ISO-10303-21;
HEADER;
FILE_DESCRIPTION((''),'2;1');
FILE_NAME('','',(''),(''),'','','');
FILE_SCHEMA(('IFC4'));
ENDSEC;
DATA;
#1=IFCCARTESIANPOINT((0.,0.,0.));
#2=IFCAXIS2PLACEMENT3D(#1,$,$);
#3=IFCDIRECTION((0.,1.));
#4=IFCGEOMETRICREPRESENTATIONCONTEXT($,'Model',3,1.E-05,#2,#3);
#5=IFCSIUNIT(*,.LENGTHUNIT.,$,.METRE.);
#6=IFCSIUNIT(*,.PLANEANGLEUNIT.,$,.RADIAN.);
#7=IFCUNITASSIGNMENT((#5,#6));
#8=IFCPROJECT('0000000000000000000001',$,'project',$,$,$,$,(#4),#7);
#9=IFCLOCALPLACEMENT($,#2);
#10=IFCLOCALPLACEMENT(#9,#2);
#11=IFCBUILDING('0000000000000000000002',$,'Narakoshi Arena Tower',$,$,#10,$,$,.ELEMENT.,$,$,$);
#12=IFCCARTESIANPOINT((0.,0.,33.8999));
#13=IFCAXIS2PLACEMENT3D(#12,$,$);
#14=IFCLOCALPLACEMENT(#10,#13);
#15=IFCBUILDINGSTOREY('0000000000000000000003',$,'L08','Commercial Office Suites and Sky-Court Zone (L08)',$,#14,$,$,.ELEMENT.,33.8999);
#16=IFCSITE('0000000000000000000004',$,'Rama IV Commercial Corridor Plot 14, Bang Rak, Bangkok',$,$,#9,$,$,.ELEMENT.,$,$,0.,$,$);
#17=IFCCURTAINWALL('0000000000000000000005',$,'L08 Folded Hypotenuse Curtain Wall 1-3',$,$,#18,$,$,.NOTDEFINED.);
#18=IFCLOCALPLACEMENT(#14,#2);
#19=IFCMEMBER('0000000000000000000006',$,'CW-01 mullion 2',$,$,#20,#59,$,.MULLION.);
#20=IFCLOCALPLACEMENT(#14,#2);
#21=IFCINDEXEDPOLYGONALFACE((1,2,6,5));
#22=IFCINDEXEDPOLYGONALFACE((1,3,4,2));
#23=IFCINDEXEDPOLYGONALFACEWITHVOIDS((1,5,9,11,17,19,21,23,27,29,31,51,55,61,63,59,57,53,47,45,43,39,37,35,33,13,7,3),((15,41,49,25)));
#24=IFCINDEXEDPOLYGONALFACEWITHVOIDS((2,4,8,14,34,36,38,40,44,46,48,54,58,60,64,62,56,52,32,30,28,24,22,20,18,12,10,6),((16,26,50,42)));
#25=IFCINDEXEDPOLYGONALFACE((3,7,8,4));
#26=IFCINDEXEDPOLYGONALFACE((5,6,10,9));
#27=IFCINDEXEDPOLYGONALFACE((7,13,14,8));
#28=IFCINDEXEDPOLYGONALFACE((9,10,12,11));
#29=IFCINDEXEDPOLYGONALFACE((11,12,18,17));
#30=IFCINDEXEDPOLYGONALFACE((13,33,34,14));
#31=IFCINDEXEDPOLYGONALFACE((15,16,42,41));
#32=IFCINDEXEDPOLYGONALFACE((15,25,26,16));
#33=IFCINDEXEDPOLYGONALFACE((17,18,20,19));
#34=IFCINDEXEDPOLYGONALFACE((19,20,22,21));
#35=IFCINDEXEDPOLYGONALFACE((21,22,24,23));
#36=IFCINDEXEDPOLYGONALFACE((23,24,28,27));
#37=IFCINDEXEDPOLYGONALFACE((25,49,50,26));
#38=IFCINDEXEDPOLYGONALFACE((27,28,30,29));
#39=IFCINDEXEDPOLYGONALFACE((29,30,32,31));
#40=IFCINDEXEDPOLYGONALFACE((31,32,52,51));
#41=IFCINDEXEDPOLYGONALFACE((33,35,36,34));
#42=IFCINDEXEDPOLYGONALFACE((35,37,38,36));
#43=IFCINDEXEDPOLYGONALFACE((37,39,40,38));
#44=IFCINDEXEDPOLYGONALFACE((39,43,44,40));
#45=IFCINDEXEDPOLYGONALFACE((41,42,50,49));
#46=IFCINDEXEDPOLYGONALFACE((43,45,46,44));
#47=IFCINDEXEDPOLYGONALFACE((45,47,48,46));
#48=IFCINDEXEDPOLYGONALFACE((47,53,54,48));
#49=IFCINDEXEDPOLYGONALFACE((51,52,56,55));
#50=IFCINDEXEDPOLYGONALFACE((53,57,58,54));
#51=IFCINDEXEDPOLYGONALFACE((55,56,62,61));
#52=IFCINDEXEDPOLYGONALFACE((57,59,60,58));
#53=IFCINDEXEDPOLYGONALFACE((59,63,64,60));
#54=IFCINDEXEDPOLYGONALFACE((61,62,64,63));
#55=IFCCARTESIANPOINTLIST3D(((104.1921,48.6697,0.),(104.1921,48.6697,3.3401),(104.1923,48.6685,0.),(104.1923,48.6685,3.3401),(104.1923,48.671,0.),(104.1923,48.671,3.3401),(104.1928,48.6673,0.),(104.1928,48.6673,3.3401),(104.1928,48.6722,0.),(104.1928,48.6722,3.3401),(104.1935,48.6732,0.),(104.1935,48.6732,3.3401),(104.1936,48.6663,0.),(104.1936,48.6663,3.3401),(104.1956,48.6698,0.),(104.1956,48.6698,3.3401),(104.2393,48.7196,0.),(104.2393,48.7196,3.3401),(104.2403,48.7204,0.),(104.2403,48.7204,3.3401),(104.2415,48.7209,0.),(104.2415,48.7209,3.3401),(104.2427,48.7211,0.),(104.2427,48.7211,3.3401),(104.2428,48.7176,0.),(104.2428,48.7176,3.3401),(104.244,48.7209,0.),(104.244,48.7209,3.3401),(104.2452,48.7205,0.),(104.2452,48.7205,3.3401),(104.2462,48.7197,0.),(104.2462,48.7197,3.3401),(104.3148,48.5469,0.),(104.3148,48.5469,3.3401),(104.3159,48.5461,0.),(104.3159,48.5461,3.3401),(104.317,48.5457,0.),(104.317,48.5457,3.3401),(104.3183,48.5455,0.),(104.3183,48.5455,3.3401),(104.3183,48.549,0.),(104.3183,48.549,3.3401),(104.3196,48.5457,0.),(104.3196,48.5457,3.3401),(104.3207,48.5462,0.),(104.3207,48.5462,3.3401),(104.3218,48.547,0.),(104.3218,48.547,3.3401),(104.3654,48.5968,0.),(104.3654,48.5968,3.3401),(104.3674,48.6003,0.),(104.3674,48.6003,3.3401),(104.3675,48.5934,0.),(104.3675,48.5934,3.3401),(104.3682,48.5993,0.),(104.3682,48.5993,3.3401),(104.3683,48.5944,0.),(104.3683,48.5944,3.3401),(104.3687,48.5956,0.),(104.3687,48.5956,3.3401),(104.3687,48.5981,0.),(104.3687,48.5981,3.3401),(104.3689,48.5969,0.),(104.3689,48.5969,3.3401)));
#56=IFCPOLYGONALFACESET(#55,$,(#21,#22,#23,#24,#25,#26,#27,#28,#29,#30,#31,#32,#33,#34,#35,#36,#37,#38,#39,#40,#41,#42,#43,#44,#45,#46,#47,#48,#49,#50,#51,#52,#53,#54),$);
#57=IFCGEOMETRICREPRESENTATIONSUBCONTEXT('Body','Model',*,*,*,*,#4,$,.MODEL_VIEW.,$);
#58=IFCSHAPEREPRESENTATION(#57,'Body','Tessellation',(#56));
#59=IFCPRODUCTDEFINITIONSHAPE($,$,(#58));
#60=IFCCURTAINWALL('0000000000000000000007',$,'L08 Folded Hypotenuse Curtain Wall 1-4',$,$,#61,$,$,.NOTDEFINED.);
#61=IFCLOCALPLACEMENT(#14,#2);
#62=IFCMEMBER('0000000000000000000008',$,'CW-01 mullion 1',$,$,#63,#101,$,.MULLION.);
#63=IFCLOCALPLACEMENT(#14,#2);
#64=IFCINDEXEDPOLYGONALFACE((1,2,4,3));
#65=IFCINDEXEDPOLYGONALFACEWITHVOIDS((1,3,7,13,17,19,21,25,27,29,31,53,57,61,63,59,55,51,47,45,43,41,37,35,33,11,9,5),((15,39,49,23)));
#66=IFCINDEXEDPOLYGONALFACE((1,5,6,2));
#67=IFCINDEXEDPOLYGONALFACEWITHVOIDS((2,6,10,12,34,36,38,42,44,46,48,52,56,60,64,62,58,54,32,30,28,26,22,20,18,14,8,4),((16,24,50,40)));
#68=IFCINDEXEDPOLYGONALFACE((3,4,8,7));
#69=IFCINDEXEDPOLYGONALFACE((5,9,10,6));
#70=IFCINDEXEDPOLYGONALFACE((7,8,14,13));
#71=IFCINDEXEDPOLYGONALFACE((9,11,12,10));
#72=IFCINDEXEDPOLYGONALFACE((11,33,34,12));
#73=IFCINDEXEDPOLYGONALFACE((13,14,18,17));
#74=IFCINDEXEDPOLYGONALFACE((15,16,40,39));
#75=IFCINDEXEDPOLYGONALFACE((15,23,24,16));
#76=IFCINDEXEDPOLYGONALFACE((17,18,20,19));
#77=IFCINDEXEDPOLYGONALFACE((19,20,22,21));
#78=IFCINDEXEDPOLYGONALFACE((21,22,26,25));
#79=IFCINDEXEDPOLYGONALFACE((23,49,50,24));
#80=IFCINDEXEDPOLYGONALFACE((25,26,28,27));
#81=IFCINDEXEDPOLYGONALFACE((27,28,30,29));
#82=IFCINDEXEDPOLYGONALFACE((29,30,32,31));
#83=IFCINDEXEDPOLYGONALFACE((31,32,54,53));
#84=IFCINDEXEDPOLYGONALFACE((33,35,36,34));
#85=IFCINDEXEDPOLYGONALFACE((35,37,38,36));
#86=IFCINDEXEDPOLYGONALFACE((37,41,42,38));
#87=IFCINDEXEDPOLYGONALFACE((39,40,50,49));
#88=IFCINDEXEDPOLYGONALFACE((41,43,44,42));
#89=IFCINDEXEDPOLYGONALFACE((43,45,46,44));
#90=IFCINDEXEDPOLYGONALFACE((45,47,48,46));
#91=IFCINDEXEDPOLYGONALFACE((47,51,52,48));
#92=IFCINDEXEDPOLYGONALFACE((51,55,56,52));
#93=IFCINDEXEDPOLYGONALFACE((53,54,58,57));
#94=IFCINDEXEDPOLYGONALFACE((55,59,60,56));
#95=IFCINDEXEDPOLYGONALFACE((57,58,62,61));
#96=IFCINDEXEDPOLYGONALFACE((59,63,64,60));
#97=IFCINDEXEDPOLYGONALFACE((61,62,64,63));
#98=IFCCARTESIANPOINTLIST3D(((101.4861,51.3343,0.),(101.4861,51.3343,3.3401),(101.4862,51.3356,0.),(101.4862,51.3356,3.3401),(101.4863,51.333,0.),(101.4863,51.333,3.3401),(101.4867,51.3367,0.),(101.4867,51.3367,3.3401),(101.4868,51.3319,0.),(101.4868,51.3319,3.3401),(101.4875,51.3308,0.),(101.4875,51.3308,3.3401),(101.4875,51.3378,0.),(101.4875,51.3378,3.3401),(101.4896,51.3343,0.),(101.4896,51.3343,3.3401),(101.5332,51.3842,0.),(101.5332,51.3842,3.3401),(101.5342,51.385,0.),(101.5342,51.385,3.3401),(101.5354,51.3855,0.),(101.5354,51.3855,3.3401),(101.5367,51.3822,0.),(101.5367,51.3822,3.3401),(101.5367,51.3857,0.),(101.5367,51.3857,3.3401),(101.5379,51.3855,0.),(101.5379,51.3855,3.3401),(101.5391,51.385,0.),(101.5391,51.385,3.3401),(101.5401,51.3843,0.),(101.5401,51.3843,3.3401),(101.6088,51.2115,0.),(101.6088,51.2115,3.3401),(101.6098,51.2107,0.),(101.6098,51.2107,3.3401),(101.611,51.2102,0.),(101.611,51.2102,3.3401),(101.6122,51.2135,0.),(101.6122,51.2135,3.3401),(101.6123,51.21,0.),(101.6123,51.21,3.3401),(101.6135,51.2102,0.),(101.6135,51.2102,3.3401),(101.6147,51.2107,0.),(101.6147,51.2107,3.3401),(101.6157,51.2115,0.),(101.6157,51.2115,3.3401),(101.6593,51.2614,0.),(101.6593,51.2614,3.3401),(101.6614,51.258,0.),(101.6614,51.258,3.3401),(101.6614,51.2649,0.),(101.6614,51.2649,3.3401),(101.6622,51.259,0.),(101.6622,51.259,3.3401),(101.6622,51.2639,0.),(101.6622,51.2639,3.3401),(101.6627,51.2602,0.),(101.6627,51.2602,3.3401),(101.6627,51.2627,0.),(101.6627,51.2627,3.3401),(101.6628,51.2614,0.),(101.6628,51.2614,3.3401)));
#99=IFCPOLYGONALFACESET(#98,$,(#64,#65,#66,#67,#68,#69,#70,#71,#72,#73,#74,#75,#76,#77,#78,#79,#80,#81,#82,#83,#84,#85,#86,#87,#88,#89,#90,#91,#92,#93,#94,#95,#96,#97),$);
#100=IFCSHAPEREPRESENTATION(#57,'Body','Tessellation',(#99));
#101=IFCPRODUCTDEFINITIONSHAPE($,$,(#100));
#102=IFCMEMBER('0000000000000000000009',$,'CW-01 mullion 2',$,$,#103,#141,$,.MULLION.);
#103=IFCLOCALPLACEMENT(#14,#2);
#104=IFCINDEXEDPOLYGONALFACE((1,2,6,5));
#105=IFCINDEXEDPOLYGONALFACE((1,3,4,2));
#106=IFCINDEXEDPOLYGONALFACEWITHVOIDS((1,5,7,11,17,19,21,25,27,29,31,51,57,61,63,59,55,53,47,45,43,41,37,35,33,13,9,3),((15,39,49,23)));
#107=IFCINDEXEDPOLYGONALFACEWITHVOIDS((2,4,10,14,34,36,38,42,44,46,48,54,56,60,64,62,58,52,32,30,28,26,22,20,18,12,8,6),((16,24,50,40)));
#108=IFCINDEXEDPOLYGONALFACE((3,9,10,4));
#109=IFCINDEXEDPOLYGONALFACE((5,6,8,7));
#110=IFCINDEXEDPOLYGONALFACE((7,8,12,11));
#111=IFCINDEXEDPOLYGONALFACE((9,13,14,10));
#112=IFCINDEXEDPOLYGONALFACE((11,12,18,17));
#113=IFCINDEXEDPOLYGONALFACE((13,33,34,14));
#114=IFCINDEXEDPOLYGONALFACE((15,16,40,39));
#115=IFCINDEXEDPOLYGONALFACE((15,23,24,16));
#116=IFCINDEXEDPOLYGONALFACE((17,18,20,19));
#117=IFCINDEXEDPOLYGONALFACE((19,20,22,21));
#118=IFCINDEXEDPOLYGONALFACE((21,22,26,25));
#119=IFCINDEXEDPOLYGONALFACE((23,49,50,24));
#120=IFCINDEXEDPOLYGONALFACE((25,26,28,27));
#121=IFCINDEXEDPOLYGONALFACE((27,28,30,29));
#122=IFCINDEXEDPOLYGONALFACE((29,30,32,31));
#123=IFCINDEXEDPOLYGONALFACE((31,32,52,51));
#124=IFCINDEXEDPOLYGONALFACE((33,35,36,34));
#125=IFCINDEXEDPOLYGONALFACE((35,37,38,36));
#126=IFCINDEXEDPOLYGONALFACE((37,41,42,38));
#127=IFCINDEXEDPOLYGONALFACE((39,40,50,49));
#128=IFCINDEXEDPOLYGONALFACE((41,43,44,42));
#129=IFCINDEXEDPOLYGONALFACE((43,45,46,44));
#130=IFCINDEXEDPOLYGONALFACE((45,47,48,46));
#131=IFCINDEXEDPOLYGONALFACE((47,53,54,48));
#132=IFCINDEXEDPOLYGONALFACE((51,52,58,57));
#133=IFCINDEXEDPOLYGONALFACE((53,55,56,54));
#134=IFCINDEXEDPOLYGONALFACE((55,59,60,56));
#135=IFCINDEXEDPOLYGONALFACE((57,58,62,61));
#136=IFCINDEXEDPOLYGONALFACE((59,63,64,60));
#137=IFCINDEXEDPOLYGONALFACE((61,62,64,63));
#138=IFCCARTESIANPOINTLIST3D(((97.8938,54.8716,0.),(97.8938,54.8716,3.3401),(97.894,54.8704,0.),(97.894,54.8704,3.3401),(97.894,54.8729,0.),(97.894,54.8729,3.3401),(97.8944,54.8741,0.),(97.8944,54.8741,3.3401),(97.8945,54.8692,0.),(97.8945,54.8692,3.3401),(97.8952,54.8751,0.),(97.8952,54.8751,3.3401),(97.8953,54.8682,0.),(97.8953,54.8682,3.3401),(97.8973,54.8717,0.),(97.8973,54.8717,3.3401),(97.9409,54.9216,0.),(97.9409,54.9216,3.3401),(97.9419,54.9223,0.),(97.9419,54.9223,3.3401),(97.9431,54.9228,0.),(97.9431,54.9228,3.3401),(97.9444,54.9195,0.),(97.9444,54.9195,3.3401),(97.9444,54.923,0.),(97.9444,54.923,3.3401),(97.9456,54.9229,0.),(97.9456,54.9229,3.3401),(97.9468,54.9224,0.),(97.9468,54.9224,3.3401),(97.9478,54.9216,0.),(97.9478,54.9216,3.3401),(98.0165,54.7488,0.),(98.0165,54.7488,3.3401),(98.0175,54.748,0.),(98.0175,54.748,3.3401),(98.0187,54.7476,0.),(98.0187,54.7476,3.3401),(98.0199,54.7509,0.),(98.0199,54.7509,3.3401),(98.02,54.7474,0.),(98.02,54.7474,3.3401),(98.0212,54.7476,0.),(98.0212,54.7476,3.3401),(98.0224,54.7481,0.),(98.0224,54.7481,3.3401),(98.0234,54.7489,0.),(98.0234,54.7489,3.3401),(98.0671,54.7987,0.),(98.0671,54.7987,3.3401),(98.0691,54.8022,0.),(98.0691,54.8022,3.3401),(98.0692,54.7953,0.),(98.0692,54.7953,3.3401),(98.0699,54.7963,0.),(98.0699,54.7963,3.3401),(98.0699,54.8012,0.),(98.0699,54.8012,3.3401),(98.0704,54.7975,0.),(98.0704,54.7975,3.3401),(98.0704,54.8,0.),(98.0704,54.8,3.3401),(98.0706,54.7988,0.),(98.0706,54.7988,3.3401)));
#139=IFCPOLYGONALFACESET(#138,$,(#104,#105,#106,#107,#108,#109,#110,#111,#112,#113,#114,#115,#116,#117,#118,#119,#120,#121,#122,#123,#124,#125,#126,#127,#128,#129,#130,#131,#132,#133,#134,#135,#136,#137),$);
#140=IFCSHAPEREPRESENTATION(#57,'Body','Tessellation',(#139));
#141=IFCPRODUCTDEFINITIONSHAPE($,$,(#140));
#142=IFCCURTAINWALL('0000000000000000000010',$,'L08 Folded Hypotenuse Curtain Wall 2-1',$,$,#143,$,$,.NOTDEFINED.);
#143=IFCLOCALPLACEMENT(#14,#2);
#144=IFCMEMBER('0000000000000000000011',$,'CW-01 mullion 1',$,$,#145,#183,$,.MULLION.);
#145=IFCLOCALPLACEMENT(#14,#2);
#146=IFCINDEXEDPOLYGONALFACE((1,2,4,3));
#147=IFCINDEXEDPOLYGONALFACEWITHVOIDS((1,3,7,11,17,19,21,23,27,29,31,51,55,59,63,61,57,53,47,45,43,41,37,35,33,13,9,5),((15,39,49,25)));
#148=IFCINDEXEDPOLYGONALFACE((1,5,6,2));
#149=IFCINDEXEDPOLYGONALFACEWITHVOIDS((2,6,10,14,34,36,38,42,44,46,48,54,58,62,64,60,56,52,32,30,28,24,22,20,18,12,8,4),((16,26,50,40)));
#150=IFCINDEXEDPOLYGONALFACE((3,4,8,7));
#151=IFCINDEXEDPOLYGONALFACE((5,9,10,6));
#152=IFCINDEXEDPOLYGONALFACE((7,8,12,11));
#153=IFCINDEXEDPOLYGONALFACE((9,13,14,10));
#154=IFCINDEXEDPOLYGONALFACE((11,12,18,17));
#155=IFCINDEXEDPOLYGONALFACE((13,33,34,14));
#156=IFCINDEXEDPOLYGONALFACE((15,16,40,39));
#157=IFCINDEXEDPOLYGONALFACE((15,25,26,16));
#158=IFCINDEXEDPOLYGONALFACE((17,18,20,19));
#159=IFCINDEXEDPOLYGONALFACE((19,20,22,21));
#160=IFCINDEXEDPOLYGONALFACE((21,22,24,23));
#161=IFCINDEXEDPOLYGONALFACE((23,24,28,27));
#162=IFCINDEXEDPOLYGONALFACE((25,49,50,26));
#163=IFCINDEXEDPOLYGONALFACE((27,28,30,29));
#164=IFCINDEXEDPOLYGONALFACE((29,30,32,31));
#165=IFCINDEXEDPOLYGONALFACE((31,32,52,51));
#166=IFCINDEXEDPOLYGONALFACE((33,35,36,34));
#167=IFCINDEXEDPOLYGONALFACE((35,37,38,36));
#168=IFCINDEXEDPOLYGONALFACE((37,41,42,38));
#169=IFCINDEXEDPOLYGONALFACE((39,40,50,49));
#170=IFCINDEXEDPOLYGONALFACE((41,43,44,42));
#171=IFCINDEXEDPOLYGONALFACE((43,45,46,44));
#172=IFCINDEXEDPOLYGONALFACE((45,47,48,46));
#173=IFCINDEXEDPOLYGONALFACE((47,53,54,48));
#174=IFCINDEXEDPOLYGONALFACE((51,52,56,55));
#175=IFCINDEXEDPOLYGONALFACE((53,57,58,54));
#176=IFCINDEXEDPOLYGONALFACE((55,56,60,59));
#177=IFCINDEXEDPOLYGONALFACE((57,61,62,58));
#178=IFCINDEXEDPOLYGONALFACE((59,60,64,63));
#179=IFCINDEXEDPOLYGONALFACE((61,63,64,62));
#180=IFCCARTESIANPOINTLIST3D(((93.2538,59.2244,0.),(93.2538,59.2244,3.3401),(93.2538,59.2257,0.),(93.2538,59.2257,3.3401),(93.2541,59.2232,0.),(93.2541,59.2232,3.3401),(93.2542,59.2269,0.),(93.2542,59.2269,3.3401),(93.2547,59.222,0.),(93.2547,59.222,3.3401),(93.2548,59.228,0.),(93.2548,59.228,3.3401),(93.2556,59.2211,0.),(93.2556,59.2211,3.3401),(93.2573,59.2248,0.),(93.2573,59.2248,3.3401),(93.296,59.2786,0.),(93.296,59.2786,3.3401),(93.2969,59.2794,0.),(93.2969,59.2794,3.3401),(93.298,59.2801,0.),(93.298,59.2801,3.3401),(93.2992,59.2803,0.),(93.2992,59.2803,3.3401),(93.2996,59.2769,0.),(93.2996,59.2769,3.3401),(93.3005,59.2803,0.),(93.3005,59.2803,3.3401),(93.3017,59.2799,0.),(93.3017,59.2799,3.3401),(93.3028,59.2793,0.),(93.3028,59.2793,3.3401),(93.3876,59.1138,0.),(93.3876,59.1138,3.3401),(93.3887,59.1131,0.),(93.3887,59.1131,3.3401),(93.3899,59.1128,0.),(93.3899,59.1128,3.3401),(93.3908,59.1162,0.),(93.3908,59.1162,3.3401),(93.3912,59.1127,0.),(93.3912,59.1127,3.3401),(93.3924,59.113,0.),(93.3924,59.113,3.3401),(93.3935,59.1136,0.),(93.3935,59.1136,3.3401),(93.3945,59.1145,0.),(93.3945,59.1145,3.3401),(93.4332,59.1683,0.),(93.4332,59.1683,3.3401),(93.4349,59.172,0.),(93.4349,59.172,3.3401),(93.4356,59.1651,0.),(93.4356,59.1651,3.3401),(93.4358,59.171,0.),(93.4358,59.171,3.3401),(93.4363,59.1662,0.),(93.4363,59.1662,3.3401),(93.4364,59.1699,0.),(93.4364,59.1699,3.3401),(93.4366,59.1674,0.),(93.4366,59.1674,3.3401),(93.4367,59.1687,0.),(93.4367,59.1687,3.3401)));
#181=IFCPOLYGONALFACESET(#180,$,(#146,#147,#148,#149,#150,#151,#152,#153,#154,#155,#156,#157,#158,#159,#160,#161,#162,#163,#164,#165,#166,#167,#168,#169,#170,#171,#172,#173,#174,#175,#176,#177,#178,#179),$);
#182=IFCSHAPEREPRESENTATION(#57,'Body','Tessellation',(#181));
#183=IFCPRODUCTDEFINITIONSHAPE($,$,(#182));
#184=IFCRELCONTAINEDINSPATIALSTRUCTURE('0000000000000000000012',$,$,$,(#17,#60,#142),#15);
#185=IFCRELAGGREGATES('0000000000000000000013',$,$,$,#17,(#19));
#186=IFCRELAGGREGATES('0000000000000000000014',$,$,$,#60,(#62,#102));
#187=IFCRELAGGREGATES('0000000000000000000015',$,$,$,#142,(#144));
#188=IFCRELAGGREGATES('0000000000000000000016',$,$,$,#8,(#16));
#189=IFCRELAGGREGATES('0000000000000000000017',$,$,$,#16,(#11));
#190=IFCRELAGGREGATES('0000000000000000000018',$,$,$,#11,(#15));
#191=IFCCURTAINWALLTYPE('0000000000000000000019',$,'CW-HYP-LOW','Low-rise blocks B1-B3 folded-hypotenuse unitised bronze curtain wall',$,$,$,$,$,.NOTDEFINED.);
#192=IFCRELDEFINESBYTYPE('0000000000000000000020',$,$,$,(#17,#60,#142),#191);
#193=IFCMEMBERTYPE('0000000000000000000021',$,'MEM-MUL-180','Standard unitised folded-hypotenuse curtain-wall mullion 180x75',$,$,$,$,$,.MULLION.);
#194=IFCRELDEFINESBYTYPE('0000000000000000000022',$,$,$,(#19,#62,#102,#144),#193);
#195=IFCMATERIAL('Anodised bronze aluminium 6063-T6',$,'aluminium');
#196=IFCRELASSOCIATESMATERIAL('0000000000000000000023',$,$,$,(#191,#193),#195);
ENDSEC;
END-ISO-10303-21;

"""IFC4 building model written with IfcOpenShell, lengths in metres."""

from ifc_helpers import new_model, si_unit, direction, frame, origin, origin_2d, place, context, subcontext, project, spatial, hollow_rectangle, extrude, material, material_profile, profile_set, type_object, element, aggregate, save


model = new_model("IFC4")

# Units and contexts
model_context = context("Model", 3, precision=1e-05, world=origin(), true_north=direction((0.0, 1.0)))
body_context = subcontext(model_context, "Body", "Model", "MODEL_VIEW")
ifc_project = project(units=[si_unit("LENGTHUNIT", "METRE"), si_unit("PLANEANGLEUNIT", "RADIAN")], contexts=[model_context])

# Site, building, storey
site_placement = place(None, origin())
site = spatial("IfcSite", under=ifc_project, at=site_placement, Name="Rama IV Commercial Corridor Plot 14, Bang Rak, Bangkok", CompositionType="ELEMENT", RefElevation=0.0)
building_placement = place(site_placement, origin())
building = spatial("IfcBuilding", under=site, at=building_placement, Name="Narakoshi Arena Tower", CompositionType="ELEMENT")
storey_placement = place(building_placement, frame((0.0, 0.0, 33.8999)))
storey = spatial("IfcBuildingStorey", under=building, at=storey_placement, Name="L08", Description="Commercial Office Suites and Sky-Court Zone (L08)", CompositionType="ELEMENT", Elevation=33.8999)

# Curtain wall, member
ifc_material_1 = material(Name="Anodised bronze aluminium 6063-T6", Category="aluminium")
curtain_wall_type = type_object("IfcCurtainWallType", Name="CW-HYP-LOW", Description="Low-rise blocks B1-B3 folded-hypotenuse unitised bronze curtain wall", PredefinedType="NOTDEFINED", material=ifc_material_1)
curtain_wall_1_placement = place(storey_placement, origin())
curtain_wall_1 = element("IfcCurtainWall", 1, at=curtain_wall_1_placement, inside=storey, type_object=curtain_wall_type, Name="L08 Folded Hypotenuse Curtain Wall 1-3", PredefinedType="NOTDEFINED")
ifc_material_profile_1 = material_profile(ifc_material_1, hollow_rectangle(XDim=0.075, YDim=0.1799, WallThickness=0.0039, OuterFilletRadius=0.0049, at=origin_2d()), Name="MUL180x75x4")
ifc_profile_set_1 = profile_set([ifc_material_profile_1], Name="Anodised bronze aluminium 6063-T6")
member_type_1 = type_object("IfcMemberType", Name="MEM-MUL-180", Description="Standard unitised folded-hypotenuse curtain-wall mullion 180x75", PredefinedType="MULLION", material=ifc_profile_set_1)
member_1_placement = place(storey_placement, frame((104.2805, 48.6333, 0.0), z_axis=(0.0, 0.0, 1.0), x_axis=(-0.701633, -0.712539, 0.0)))
member_1 = element("IfcMember", 2, at=member_1_placement, type_object=member_type_1, Name="CW-01 mullion 2", PredefinedType="MULLION", context=body_context, shape_type="SweptSolid", body=[
    extrude(hollow_rectangle(XDim=0.075, YDim=0.1799, WallThickness=0.0039, OuterFilletRadius=0.0049, at=origin_2d()), origin(), (0.0, 0.0, 1.0), 3.3401),
])

# Curtain walls, members
curtain_wall_2_placement = place(storey_placement, origin())
curtain_wall_2 = element("IfcCurtainWall", 3, at=curtain_wall_2_placement, inside=storey, type_object=curtain_wall_type, Name="L08 Folded Hypotenuse Curtain Wall 1-4", PredefinedType="NOTDEFINED")
member_2_placement = place(storey_placement, frame((101.5745, 51.2979, 0.0), z_axis=(0.0, 0.0, 1.0), x_axis=(-0.701633, -0.712539, 0.0)))
member_2 = element("IfcMember", 4, at=member_2_placement, type_object=member_type_1, Name="CW-01 mullion 1", PredefinedType="MULLION", context=body_context, shape_type="SweptSolid", body=[
    extrude(hollow_rectangle(XDim=0.075, YDim=0.1799, WallThickness=0.0039, OuterFilletRadius=0.0049, at=origin_2d()), origin(), (0.0, 0.0, 1.0), 3.3401),
])
member_3_placement = place(storey_placement, frame((97.9822, 54.8352, 0.0), z_axis=(0.0, 0.0, 1.0), x_axis=(-0.701633, -0.712539, 0.0)))
member_3 = element("IfcMember", 5, at=member_3_placement, type_object=member_type_1, Name="CW-01 mullion 2", PredefinedType="MULLION", context=body_context, shape_type="SweptSolid", body=[
    extrude(hollow_rectangle(XDim=0.075, YDim=0.1799, WallThickness=0.0039, OuterFilletRadius=0.0049, at=origin_2d()), origin(), (0.0, 0.0, 1.0), 3.3401),
])
curtain_wall_3_placement = place(storey_placement, origin())
curtain_wall_3 = element("IfcCurtainWall", 6, at=curtain_wall_3_placement, inside=storey, type_object=curtain_wall_type, Name="L08 Folded Hypotenuse Curtain Wall 2-1", PredefinedType="NOTDEFINED")
member_4_placement = place(storey_placement, frame((93.3452, 59.1965, 0.0), z_axis=(0.0, 0.0, 1.0), x_axis=(-0.630723, -0.776008, 0.0)))
member_4 = element("IfcMember", 7, at=member_4_placement, type_object=member_type_1, Name="CW-01 mullion 1", PredefinedType="MULLION", context=body_context, shape_type="SweptSolid", body=[
    extrude(hollow_rectangle(XDim=0.075, YDim=0.1799, WallThickness=0.0039, OuterFilletRadius=0.0049, at=origin_2d()), origin(), (0.0, 0.0, 1.0), 3.3401),
])

aggregate(curtain_wall_1, [member_1])
aggregate(curtain_wall_2, [member_2, member_3])
aggregate(curtain_wall_3, [member_4])

save(model, "model.ifc")
